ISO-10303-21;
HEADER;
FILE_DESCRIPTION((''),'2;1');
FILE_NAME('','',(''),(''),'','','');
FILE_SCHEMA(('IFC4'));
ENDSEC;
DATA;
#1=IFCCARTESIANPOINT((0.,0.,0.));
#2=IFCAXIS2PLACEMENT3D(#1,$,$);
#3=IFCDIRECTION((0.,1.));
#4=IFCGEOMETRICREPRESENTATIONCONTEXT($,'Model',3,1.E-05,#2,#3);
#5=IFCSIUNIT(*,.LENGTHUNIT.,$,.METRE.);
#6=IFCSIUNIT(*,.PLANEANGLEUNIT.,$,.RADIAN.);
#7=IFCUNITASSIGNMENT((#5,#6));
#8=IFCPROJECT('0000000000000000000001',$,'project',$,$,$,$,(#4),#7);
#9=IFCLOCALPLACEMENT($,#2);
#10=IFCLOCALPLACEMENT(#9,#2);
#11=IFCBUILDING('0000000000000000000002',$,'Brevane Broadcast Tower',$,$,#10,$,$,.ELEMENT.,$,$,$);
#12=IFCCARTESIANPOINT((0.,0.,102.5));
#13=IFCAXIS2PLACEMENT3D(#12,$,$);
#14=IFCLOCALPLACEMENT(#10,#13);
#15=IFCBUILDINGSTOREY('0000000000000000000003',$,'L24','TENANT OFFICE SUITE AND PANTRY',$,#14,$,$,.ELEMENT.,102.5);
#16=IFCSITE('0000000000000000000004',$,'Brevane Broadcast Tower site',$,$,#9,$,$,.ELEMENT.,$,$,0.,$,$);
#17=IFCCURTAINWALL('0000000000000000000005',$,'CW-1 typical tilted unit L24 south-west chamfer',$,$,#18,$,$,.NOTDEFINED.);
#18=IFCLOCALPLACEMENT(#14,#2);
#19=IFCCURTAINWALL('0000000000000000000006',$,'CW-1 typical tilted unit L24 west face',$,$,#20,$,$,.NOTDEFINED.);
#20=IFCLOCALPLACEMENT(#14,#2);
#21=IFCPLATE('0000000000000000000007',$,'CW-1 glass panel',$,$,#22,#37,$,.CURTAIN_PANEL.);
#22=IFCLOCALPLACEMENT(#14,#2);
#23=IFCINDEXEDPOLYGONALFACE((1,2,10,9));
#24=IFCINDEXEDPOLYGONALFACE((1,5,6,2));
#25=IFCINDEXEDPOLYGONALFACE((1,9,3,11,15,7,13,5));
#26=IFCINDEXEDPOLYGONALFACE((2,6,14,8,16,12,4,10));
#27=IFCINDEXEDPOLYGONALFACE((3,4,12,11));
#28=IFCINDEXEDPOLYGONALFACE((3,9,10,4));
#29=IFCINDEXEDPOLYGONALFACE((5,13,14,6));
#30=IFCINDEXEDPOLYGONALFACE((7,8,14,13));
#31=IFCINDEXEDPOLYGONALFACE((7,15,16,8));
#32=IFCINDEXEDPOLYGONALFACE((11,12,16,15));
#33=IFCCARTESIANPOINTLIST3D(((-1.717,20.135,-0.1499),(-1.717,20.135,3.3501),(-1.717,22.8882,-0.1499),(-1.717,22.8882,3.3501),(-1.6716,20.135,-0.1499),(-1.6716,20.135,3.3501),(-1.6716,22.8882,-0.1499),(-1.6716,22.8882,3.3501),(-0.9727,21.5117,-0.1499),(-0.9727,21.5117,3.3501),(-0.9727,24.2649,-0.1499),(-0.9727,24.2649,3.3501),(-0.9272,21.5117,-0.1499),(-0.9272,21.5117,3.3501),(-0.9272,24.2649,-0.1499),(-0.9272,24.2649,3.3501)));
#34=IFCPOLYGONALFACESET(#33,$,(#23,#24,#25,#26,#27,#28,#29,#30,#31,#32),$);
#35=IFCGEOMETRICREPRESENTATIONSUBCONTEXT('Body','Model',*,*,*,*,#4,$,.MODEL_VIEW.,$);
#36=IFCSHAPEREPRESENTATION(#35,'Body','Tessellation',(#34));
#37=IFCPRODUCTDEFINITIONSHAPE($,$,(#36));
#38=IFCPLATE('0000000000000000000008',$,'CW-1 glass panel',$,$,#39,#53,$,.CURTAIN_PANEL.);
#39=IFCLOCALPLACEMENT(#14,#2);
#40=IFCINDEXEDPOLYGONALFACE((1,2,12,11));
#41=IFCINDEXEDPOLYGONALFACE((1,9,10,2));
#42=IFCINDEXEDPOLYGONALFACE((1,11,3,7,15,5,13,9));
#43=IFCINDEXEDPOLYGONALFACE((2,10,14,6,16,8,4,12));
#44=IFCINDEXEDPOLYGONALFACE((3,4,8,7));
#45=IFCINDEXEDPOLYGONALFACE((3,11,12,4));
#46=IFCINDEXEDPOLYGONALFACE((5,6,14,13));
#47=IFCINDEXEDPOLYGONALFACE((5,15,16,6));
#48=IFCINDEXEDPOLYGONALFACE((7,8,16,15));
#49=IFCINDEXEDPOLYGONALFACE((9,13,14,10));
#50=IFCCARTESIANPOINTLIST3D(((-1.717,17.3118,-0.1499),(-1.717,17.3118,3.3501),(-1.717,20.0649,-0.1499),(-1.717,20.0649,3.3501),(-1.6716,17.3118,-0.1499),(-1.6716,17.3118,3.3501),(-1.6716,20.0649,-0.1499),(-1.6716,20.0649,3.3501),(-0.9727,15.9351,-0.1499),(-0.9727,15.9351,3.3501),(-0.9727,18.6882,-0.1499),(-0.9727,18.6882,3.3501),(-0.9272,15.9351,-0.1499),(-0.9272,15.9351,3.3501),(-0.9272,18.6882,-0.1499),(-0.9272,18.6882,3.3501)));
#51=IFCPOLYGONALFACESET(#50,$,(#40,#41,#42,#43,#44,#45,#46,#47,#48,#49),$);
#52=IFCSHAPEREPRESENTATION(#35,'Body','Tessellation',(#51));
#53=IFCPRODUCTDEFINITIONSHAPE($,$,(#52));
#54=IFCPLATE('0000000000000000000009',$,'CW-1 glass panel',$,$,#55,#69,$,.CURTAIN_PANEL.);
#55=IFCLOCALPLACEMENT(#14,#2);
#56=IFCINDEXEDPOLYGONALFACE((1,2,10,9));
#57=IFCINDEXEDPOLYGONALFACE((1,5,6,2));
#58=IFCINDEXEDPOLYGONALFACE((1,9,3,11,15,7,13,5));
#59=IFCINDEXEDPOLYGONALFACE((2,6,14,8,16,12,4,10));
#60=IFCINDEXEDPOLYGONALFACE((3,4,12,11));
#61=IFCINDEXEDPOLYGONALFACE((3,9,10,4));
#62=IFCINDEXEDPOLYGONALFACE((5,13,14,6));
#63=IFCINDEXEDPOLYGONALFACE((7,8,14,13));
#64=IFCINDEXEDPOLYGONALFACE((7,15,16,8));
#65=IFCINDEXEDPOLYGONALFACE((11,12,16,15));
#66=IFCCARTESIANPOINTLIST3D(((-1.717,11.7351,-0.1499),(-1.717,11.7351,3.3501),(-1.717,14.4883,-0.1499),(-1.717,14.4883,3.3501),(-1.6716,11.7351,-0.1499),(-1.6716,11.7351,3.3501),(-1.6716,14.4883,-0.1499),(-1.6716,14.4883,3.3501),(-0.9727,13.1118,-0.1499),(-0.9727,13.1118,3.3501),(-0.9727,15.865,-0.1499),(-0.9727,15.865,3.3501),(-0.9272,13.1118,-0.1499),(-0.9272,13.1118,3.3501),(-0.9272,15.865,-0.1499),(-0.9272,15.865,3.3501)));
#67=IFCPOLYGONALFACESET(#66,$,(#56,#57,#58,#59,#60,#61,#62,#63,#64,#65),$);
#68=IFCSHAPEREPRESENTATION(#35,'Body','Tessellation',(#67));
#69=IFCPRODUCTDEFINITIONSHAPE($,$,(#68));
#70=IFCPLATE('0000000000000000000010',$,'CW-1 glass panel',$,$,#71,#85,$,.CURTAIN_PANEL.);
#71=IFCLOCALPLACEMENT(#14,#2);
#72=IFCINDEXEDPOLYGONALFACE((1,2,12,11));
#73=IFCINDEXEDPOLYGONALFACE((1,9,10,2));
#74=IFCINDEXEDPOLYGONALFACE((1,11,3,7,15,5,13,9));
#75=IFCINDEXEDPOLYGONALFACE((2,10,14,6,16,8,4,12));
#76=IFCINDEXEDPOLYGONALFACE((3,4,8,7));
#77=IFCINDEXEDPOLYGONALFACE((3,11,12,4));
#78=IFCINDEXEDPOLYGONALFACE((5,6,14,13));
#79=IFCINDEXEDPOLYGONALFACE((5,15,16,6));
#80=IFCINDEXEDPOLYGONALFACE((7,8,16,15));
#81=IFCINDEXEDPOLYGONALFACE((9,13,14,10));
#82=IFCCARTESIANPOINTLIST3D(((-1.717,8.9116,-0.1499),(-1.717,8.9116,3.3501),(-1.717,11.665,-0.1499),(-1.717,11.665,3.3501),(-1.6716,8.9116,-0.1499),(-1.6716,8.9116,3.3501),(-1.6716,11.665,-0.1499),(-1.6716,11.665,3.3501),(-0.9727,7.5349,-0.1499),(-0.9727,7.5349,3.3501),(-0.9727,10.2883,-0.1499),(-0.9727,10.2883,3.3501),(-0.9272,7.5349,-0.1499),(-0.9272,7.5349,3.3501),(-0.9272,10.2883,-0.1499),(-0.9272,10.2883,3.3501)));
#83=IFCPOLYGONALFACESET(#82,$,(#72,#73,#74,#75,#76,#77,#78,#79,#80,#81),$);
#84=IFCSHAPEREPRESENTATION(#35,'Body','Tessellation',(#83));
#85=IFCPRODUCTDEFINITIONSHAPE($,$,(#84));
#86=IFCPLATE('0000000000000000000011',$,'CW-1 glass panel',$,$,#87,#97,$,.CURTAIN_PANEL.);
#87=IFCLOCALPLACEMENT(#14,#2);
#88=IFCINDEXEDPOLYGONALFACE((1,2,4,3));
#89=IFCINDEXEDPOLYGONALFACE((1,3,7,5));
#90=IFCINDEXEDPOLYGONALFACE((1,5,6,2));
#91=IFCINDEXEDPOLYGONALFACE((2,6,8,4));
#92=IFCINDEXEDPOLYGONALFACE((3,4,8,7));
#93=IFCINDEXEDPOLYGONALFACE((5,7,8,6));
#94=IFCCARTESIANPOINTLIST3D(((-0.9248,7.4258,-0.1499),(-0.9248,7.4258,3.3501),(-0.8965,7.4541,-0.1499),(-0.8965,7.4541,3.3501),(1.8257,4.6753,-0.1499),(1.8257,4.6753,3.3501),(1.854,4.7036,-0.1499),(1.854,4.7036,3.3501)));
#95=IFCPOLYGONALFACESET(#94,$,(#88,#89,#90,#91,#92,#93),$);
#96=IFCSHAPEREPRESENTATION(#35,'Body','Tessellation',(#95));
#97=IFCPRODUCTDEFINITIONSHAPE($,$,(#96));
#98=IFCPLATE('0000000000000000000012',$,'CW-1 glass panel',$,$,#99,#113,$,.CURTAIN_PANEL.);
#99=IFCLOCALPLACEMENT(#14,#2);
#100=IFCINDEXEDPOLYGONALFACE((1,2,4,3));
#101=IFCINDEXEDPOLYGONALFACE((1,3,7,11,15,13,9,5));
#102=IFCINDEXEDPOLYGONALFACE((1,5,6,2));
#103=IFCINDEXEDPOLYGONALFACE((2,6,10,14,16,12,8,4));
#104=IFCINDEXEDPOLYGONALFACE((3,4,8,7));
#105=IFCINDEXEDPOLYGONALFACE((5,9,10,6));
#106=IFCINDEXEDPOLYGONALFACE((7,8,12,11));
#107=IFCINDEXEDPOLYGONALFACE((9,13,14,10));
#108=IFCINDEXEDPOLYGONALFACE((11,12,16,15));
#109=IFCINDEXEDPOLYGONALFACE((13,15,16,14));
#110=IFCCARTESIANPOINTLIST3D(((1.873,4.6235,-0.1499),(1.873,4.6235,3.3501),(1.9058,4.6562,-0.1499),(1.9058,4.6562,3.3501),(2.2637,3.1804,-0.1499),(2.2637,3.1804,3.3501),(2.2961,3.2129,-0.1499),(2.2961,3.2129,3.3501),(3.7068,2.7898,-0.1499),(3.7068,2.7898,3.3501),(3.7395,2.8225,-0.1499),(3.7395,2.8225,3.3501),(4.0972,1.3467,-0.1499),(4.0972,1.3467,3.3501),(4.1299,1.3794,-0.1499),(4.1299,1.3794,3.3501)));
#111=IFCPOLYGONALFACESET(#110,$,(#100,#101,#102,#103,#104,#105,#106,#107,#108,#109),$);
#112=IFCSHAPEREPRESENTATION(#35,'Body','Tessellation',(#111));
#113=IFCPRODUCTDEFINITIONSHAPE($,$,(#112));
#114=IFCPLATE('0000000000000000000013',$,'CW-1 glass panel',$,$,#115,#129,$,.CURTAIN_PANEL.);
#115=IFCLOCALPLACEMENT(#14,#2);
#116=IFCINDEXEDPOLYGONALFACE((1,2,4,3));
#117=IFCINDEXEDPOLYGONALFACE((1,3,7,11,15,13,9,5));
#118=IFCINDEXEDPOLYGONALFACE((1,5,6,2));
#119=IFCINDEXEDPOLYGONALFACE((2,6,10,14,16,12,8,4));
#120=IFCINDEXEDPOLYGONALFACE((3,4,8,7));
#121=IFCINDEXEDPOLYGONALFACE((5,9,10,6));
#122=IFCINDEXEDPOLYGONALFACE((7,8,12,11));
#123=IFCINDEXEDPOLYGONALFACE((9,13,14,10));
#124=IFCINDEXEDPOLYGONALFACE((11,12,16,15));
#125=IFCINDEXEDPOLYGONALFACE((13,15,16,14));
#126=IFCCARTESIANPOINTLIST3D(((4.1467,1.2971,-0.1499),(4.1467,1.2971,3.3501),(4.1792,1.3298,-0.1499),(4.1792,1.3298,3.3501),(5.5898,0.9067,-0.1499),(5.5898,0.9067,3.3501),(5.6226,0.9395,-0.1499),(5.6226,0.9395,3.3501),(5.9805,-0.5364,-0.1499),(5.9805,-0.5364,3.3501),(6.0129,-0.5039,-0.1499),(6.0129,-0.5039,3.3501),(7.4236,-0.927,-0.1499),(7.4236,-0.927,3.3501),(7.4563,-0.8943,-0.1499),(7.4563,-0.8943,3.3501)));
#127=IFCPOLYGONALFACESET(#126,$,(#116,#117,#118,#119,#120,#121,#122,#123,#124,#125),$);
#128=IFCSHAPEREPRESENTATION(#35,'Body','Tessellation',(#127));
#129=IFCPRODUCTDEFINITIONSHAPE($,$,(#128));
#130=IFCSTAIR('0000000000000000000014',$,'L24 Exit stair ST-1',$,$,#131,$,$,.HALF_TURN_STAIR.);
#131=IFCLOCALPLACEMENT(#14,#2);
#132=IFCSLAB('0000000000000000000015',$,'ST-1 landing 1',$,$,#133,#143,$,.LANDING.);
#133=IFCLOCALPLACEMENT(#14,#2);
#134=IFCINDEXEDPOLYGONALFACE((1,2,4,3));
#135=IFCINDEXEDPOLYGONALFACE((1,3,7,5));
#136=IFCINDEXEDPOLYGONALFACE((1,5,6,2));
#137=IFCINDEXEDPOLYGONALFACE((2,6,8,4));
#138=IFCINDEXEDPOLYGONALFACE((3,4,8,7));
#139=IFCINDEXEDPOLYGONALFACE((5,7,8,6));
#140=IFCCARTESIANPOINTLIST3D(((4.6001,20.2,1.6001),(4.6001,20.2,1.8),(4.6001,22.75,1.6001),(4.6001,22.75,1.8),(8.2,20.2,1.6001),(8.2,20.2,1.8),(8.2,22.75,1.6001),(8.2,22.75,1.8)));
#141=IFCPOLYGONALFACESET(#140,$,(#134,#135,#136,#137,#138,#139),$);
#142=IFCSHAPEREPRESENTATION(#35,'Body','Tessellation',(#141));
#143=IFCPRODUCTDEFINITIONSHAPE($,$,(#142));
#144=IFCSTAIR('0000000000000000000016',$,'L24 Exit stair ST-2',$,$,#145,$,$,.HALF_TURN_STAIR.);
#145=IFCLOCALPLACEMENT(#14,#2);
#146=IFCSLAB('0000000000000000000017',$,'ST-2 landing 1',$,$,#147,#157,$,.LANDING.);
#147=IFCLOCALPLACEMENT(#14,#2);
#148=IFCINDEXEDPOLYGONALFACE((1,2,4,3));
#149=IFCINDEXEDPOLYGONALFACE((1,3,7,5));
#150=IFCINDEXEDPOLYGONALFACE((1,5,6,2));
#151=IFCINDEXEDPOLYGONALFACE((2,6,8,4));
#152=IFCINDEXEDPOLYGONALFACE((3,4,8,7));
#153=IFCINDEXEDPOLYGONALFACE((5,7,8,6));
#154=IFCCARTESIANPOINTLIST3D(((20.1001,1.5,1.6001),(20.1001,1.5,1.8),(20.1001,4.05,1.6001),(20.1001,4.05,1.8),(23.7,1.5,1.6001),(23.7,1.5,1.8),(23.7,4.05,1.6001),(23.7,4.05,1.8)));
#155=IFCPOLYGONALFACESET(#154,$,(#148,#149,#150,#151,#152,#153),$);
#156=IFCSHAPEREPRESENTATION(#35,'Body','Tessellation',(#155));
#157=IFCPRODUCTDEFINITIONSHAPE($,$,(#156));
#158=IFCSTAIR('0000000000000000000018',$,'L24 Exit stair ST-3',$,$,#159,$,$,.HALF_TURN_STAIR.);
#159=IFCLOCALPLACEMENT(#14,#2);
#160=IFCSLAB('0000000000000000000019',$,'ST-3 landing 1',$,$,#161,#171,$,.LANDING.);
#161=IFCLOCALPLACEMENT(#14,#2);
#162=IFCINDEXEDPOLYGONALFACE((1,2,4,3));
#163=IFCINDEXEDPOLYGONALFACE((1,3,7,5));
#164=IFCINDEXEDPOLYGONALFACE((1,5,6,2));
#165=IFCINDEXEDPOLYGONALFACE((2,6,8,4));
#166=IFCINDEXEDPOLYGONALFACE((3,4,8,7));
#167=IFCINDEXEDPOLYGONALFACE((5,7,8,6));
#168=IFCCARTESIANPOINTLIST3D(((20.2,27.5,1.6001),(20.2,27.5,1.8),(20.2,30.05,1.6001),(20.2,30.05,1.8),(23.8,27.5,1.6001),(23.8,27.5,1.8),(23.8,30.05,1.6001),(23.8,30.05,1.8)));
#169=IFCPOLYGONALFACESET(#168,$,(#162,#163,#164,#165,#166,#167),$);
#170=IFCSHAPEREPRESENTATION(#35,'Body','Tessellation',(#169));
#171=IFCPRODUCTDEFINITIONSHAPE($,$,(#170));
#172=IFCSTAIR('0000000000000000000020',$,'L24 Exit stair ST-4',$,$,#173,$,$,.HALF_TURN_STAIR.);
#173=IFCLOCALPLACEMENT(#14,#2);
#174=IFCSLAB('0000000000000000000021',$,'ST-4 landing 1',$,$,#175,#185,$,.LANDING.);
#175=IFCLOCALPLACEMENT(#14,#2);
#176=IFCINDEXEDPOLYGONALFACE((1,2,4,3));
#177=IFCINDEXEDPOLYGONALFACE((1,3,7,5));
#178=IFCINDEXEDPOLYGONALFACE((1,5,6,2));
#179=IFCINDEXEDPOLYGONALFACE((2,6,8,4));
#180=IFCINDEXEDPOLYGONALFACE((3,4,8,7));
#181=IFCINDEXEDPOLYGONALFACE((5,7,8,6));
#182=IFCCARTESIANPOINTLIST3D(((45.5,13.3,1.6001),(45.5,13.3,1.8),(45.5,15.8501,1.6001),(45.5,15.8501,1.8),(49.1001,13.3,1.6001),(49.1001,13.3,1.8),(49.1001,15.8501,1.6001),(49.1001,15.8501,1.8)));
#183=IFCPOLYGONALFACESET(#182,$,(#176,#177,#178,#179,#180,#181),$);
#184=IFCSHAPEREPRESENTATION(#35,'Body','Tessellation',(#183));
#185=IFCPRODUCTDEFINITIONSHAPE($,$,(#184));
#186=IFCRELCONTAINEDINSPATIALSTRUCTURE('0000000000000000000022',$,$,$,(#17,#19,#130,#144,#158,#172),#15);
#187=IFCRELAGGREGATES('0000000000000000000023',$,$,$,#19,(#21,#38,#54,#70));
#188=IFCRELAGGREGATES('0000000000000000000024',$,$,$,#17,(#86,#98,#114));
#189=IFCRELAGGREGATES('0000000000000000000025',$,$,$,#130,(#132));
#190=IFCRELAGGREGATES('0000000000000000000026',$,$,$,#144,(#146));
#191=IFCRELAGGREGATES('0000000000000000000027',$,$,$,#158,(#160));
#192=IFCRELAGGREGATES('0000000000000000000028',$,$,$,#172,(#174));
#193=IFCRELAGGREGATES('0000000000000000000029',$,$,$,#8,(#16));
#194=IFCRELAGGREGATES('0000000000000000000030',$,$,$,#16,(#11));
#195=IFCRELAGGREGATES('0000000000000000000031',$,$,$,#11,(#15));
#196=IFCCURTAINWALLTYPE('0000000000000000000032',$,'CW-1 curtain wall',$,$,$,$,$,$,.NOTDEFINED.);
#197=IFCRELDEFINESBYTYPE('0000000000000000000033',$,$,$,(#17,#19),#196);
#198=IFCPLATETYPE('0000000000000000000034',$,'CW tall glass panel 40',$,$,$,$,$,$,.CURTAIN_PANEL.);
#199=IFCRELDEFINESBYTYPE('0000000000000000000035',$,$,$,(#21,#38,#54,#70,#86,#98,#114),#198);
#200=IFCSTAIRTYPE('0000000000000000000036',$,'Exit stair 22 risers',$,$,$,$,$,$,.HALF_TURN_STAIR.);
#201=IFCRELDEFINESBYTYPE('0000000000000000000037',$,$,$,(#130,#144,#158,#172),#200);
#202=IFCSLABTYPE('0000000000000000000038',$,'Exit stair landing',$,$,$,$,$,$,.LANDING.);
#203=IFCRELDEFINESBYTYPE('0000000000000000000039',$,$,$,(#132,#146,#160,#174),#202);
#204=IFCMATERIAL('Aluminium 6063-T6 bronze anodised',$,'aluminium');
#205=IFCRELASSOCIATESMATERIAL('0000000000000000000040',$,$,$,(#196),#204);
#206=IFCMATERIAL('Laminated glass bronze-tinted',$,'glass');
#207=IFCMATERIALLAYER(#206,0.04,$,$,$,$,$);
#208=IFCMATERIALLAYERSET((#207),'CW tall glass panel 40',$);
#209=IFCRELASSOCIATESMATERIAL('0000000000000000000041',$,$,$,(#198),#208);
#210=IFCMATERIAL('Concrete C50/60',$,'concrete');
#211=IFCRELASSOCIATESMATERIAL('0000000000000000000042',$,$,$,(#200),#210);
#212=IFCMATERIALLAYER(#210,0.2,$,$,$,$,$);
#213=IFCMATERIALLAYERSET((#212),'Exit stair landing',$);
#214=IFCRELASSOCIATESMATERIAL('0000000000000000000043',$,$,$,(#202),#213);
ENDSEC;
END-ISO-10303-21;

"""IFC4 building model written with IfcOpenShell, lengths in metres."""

from ifc_helpers import new_model, si_unit, direction, frame, origin, place, context, subcontext, project, spatial, polyline, outline, extrude, material, layer, layer_set, type_object, element, aggregate, save


model = new_model("IFC4")

# Units and contexts
model_context = context("Model", 3, precision=1e-05, world=origin(), true_north=direction((0.0, 1.0)))
body_context = subcontext(model_context, "Body", "Model", "MODEL_VIEW")
ifc_project = project(units=[si_unit("LENGTHUNIT", "METRE"), si_unit("PLANEANGLEUNIT", "RADIAN")], contexts=[model_context])

# Site, building, storey
site_placement = place(None, origin())
site = spatial("IfcSite", under=ifc_project, at=site_placement, Name="Brevane Broadcast Tower site", CompositionType="ELEMENT", RefElevation=0.0)
building_placement = place(site_placement, origin())
building = spatial("IfcBuilding", under=site, at=building_placement, Name="Brevane Broadcast Tower", CompositionType="ELEMENT")
storey_placement = place(building_placement, frame((0.0, 0.0, 102.5)))
storey = spatial("IfcBuildingStorey", under=building, at=storey_placement, Name="L24", Description="TENANT OFFICE SUITE AND PANTRY", CompositionType="ELEMENT", Elevation=102.5)

# Curtain wall
ifc_material_1 = material(Name="Aluminium 6063-T6 bronze anodised", Category="aluminium")
curtain_wall_type = type_object("IfcCurtainWallType", Name="CW-1 curtain wall", PredefinedType="NOTDEFINED", material=ifc_material_1)
curtain_wall_1_placement = place(storey_placement, origin())
curtain_wall_1 = element("IfcCurtainWall", 1, at=curtain_wall_1_placement, inside=storey, type_object=curtain_wall_type, Name="CW-1 typical tilted unit L24 south-west chamfer", PredefinedType="NOTDEFINED")

# Curtain wall, plates
curtain_wall_2_placement = place(storey_placement, origin())
curtain_wall_2 = element("IfcCurtainWall", 2, at=curtain_wall_2_placement, inside=storey, type_object=curtain_wall_type, Name="CW-1 typical tilted unit L24 west face", PredefinedType="NOTDEFINED")
ifc_material_2 = material(Name="Laminated glass bronze-tinted", Category="glass")
ifc_layer_1 = layer(ifc_material_2, 0.04)
ifc_layer_set_1 = layer_set([ifc_layer_1], Name="CW tall glass panel 40")
plate_type = type_object("IfcPlateType", Name="CW tall glass panel 40", PredefinedType="CURTAIN_PANEL", material=ifc_layer_set_1)
plate_1_placement = place(storey_placement, frame((0.0, 0.0, -0.1499)))
plate_1 = element("IfcPlate", 3, at=plate_1_placement, type_object=plate_type, Name="CW-1 glass panel", PredefinedType="CURTAIN_PANEL", context=body_context, shape_type="SweptSolid", body=[
    extrude(outline(polyline([(-0.9272, 24.2649), (-0.9727, 24.2649), (-1.717, 22.8882), (-0.9727, 21.5117), (-1.717, 20.135), (-1.6716, 20.135), (-0.9272, 21.5117), (-1.6716, 22.8882), (-0.9272, 24.2649)])), origin(), (0.0, 0.0, 1.0), 3.5),
])
plate_2_placement = place(storey_placement, frame((0.0, 0.0, -0.1499)))
plate_2 = element("IfcPlate", 4, at=plate_2_placement, type_object=plate_type, Name="CW-1 glass panel", PredefinedType="CURTAIN_PANEL", context=body_context, shape_type="SweptSolid", body=[
    extrude(outline(polyline([(-1.6716, 20.0649), (-1.717, 20.0649), (-0.9727, 18.6882), (-1.717, 17.3118), (-0.9727, 15.9351), (-0.9272, 15.9351), (-1.6716, 17.3118), (-0.9272, 18.6882), (-1.6716, 20.0649)])), origin(), (0.0, 0.0, 1.0), 3.5),
])
plate_3_placement = place(storey_placement, frame((0.0, 0.0, -0.1499)))
plate_3 = element("IfcPlate", 5, at=plate_3_placement, type_object=plate_type, Name="CW-1 glass panel", PredefinedType="CURTAIN_PANEL", context=body_context, shape_type="SweptSolid", body=[
    extrude(outline(polyline([(-0.9272, 15.865), (-0.9727, 15.865), (-1.717, 14.4883), (-0.9727, 13.1118), (-1.717, 11.7351), (-1.6716, 11.7351), (-0.9272, 13.1118), (-1.6716, 14.4883), (-0.9272, 15.865)])), origin(), (0.0, 0.0, 1.0), 3.5),
])
plate_4_placement = place(storey_placement, frame((0.0, 0.0, -0.1499)))
plate_4 = element("IfcPlate", 6, at=plate_4_placement, type_object=plate_type, Name="CW-1 glass panel", PredefinedType="CURTAIN_PANEL", context=body_context, shape_type="SweptSolid", body=[
    extrude(outline(polyline([(-1.6716, 11.665), (-1.717, 11.665), (-0.9727, 10.2883), (-1.717, 8.9116), (-0.9727, 7.5349), (-0.9272, 7.5349), (-1.6716, 8.9116), (-0.9272, 10.2883), (-1.6716, 11.665)])), origin(), (0.0, 0.0, 1.0), 3.5),
])
aggregate(curtain_wall_2, [plate_1, plate_2, plate_3, plate_4])

# Plates
plate_5_placement = place(storey_placement, frame((0.0, 0.0, -0.1499)))
plate_5 = element("IfcPlate", 7, at=plate_5_placement, type_object=plate_type, Name="CW-1 glass panel", PredefinedType="CURTAIN_PANEL", context=body_context, shape_type="SweptSolid", body=[
    extrude(outline(polyline([(-0.8965, 7.4541), (1.854, 4.7036), (1.8257, 4.6753), (-0.9248, 7.4258), (-0.8965, 7.4541)])), origin(), (0.0, 0.0, 1.0), 3.5),
])
plate_6_placement = place(storey_placement, frame((0.0, 0.0, -0.1499)))
plate_6 = element("IfcPlate", 8, at=plate_6_placement, type_object=plate_type, Name="CW-1 glass panel", PredefinedType="CURTAIN_PANEL", context=body_context, shape_type="SweptSolid", body=[
    extrude(outline(polyline([(1.9058, 4.6562), (1.873, 4.6235), (2.2637, 3.1804), (3.7068, 2.7898), (4.0972, 1.3467), (4.1299, 1.3794), (3.7395, 2.8225), (2.2961, 3.2129), (1.9058, 4.6562)])), origin(), (0.0, 0.0, 1.0), 3.5),
])
plate_7_placement = place(storey_placement, frame((0.0, 0.0, -0.1499)))
plate_7 = element("IfcPlate", 9, at=plate_7_placement, type_object=plate_type, Name="CW-1 glass panel", PredefinedType="CURTAIN_PANEL", context=body_context, shape_type="SweptSolid", body=[
    extrude(outline(polyline([(4.1792, 1.3298), (4.1467, 1.2971), (5.5898, 0.9067), (5.9805, -0.5364), (7.4236, -0.927), (7.4563, -0.8943), (6.0129, -0.5039), (5.6226, 0.9395), (4.1792, 1.3298)])), origin(), (0.0, 0.0, 1.0), 3.5),
])
aggregate(curtain_wall_1, [plate_5, plate_6, plate_7])

# Stairs, slabs
ifc_material_3 = material(Name="Concrete C50/60", Category="concrete")
stair_type = type_object("IfcStairType", Name="Exit stair 22 risers", PredefinedType="HALF_TURN_STAIR", material=ifc_material_3)
stair_1_placement = place(storey_placement, origin())
stair_1 = element("IfcStair", 10, at=stair_1_placement, inside=storey, type_object=stair_type, Name="L24 Exit stair ST-1", PredefinedType="HALF_TURN_STAIR")
ifc_layer_2 = layer(ifc_material_3, 0.2)
ifc_layer_set_2 = layer_set([ifc_layer_2], Name="Exit stair landing")
slab_type_1 = type_object("IfcSlabType", Name="Exit stair landing", PredefinedType="LANDING", material=ifc_layer_set_2)
slab_1_placement = place(storey_placement, frame((0.0, 0.0, 1.6001)))
slab_1 = element("IfcSlab", 11, at=slab_1_placement, type_object=slab_type_1, Name="ST-1 landing 1", PredefinedType="LANDING", context=body_context, shape_type="SweptSolid", body=[
    extrude(outline(polyline([(4.6001, 20.2), (8.2, 20.2), (8.2, 22.75), (4.6001, 22.75), (4.6001, 20.2)])), origin(), (0.0, 0.0, 1.0), 0.2),
])
aggregate(stair_1, [slab_1])
stair_2_placement = place(storey_placement, origin())
stair_2 = element("IfcStair", 12, at=stair_2_placement, inside=storey, type_object=stair_type, Name="L24 Exit stair ST-2", PredefinedType="HALF_TURN_STAIR")
slab_2_placement = place(storey_placement, frame((0.0, 0.0, 1.6001)))
slab_2 = element("IfcSlab", 13, at=slab_2_placement, type_object=slab_type_1, Name="ST-2 landing 1", PredefinedType="LANDING", context=body_context, shape_type="SweptSolid", body=[
    extrude(outline(polyline([(20.1001, 1.5), (23.7, 1.5), (23.7, 4.05), (20.1001, 4.05), (20.1001, 1.5)])), origin(), (0.0, 0.0, 1.0), 0.2),
])
aggregate(stair_2, [slab_2])
stair_3_placement = place(storey_placement, origin())
stair_3 = element("IfcStair", 14, at=stair_3_placement, inside=storey, type_object=stair_type, Name="L24 Exit stair ST-3", PredefinedType="HALF_TURN_STAIR")
slab_3_placement = place(storey_placement, frame((0.0, 0.0, 1.6001)))
slab_3 = element("IfcSlab", 15, at=slab_3_placement, type_object=slab_type_1, Name="ST-3 landing 1", PredefinedType="LANDING", context=body_context, shape_type="SweptSolid", body=[
    extrude(outline(polyline([(20.2, 27.5), (23.8, 27.5), (23.8, 30.05), (20.2, 30.05), (20.2, 27.5)])), origin(), (0.0, 0.0, 1.0), 0.2),
])
aggregate(stair_3, [slab_3])
stair_4_placement = place(storey_placement, origin())
stair_4 = element("IfcStair", 16, at=stair_4_placement, inside=storey, type_object=stair_type, Name="L24 Exit stair ST-4", PredefinedType="HALF_TURN_STAIR")
slab_4_placement = place(storey_placement, frame((0.0, 0.0, 1.6001)))
slab_4 = element("IfcSlab", 17, at=slab_4_placement, type_object=slab_type_1, Name="ST-4 landing 1", PredefinedType="LANDING", context=body_context, shape_type="SweptSolid", body=[
    extrude(outline(polyline([(45.5, 13.3), (49.1001, 13.3), (49.1001, 15.8501), (45.5, 15.8501), (45.5, 13.3)])), origin(), (0.0, 0.0, 1.0), 0.2),
])
aggregate(stair_4, [slab_4])

save(model, "model.ifc")
